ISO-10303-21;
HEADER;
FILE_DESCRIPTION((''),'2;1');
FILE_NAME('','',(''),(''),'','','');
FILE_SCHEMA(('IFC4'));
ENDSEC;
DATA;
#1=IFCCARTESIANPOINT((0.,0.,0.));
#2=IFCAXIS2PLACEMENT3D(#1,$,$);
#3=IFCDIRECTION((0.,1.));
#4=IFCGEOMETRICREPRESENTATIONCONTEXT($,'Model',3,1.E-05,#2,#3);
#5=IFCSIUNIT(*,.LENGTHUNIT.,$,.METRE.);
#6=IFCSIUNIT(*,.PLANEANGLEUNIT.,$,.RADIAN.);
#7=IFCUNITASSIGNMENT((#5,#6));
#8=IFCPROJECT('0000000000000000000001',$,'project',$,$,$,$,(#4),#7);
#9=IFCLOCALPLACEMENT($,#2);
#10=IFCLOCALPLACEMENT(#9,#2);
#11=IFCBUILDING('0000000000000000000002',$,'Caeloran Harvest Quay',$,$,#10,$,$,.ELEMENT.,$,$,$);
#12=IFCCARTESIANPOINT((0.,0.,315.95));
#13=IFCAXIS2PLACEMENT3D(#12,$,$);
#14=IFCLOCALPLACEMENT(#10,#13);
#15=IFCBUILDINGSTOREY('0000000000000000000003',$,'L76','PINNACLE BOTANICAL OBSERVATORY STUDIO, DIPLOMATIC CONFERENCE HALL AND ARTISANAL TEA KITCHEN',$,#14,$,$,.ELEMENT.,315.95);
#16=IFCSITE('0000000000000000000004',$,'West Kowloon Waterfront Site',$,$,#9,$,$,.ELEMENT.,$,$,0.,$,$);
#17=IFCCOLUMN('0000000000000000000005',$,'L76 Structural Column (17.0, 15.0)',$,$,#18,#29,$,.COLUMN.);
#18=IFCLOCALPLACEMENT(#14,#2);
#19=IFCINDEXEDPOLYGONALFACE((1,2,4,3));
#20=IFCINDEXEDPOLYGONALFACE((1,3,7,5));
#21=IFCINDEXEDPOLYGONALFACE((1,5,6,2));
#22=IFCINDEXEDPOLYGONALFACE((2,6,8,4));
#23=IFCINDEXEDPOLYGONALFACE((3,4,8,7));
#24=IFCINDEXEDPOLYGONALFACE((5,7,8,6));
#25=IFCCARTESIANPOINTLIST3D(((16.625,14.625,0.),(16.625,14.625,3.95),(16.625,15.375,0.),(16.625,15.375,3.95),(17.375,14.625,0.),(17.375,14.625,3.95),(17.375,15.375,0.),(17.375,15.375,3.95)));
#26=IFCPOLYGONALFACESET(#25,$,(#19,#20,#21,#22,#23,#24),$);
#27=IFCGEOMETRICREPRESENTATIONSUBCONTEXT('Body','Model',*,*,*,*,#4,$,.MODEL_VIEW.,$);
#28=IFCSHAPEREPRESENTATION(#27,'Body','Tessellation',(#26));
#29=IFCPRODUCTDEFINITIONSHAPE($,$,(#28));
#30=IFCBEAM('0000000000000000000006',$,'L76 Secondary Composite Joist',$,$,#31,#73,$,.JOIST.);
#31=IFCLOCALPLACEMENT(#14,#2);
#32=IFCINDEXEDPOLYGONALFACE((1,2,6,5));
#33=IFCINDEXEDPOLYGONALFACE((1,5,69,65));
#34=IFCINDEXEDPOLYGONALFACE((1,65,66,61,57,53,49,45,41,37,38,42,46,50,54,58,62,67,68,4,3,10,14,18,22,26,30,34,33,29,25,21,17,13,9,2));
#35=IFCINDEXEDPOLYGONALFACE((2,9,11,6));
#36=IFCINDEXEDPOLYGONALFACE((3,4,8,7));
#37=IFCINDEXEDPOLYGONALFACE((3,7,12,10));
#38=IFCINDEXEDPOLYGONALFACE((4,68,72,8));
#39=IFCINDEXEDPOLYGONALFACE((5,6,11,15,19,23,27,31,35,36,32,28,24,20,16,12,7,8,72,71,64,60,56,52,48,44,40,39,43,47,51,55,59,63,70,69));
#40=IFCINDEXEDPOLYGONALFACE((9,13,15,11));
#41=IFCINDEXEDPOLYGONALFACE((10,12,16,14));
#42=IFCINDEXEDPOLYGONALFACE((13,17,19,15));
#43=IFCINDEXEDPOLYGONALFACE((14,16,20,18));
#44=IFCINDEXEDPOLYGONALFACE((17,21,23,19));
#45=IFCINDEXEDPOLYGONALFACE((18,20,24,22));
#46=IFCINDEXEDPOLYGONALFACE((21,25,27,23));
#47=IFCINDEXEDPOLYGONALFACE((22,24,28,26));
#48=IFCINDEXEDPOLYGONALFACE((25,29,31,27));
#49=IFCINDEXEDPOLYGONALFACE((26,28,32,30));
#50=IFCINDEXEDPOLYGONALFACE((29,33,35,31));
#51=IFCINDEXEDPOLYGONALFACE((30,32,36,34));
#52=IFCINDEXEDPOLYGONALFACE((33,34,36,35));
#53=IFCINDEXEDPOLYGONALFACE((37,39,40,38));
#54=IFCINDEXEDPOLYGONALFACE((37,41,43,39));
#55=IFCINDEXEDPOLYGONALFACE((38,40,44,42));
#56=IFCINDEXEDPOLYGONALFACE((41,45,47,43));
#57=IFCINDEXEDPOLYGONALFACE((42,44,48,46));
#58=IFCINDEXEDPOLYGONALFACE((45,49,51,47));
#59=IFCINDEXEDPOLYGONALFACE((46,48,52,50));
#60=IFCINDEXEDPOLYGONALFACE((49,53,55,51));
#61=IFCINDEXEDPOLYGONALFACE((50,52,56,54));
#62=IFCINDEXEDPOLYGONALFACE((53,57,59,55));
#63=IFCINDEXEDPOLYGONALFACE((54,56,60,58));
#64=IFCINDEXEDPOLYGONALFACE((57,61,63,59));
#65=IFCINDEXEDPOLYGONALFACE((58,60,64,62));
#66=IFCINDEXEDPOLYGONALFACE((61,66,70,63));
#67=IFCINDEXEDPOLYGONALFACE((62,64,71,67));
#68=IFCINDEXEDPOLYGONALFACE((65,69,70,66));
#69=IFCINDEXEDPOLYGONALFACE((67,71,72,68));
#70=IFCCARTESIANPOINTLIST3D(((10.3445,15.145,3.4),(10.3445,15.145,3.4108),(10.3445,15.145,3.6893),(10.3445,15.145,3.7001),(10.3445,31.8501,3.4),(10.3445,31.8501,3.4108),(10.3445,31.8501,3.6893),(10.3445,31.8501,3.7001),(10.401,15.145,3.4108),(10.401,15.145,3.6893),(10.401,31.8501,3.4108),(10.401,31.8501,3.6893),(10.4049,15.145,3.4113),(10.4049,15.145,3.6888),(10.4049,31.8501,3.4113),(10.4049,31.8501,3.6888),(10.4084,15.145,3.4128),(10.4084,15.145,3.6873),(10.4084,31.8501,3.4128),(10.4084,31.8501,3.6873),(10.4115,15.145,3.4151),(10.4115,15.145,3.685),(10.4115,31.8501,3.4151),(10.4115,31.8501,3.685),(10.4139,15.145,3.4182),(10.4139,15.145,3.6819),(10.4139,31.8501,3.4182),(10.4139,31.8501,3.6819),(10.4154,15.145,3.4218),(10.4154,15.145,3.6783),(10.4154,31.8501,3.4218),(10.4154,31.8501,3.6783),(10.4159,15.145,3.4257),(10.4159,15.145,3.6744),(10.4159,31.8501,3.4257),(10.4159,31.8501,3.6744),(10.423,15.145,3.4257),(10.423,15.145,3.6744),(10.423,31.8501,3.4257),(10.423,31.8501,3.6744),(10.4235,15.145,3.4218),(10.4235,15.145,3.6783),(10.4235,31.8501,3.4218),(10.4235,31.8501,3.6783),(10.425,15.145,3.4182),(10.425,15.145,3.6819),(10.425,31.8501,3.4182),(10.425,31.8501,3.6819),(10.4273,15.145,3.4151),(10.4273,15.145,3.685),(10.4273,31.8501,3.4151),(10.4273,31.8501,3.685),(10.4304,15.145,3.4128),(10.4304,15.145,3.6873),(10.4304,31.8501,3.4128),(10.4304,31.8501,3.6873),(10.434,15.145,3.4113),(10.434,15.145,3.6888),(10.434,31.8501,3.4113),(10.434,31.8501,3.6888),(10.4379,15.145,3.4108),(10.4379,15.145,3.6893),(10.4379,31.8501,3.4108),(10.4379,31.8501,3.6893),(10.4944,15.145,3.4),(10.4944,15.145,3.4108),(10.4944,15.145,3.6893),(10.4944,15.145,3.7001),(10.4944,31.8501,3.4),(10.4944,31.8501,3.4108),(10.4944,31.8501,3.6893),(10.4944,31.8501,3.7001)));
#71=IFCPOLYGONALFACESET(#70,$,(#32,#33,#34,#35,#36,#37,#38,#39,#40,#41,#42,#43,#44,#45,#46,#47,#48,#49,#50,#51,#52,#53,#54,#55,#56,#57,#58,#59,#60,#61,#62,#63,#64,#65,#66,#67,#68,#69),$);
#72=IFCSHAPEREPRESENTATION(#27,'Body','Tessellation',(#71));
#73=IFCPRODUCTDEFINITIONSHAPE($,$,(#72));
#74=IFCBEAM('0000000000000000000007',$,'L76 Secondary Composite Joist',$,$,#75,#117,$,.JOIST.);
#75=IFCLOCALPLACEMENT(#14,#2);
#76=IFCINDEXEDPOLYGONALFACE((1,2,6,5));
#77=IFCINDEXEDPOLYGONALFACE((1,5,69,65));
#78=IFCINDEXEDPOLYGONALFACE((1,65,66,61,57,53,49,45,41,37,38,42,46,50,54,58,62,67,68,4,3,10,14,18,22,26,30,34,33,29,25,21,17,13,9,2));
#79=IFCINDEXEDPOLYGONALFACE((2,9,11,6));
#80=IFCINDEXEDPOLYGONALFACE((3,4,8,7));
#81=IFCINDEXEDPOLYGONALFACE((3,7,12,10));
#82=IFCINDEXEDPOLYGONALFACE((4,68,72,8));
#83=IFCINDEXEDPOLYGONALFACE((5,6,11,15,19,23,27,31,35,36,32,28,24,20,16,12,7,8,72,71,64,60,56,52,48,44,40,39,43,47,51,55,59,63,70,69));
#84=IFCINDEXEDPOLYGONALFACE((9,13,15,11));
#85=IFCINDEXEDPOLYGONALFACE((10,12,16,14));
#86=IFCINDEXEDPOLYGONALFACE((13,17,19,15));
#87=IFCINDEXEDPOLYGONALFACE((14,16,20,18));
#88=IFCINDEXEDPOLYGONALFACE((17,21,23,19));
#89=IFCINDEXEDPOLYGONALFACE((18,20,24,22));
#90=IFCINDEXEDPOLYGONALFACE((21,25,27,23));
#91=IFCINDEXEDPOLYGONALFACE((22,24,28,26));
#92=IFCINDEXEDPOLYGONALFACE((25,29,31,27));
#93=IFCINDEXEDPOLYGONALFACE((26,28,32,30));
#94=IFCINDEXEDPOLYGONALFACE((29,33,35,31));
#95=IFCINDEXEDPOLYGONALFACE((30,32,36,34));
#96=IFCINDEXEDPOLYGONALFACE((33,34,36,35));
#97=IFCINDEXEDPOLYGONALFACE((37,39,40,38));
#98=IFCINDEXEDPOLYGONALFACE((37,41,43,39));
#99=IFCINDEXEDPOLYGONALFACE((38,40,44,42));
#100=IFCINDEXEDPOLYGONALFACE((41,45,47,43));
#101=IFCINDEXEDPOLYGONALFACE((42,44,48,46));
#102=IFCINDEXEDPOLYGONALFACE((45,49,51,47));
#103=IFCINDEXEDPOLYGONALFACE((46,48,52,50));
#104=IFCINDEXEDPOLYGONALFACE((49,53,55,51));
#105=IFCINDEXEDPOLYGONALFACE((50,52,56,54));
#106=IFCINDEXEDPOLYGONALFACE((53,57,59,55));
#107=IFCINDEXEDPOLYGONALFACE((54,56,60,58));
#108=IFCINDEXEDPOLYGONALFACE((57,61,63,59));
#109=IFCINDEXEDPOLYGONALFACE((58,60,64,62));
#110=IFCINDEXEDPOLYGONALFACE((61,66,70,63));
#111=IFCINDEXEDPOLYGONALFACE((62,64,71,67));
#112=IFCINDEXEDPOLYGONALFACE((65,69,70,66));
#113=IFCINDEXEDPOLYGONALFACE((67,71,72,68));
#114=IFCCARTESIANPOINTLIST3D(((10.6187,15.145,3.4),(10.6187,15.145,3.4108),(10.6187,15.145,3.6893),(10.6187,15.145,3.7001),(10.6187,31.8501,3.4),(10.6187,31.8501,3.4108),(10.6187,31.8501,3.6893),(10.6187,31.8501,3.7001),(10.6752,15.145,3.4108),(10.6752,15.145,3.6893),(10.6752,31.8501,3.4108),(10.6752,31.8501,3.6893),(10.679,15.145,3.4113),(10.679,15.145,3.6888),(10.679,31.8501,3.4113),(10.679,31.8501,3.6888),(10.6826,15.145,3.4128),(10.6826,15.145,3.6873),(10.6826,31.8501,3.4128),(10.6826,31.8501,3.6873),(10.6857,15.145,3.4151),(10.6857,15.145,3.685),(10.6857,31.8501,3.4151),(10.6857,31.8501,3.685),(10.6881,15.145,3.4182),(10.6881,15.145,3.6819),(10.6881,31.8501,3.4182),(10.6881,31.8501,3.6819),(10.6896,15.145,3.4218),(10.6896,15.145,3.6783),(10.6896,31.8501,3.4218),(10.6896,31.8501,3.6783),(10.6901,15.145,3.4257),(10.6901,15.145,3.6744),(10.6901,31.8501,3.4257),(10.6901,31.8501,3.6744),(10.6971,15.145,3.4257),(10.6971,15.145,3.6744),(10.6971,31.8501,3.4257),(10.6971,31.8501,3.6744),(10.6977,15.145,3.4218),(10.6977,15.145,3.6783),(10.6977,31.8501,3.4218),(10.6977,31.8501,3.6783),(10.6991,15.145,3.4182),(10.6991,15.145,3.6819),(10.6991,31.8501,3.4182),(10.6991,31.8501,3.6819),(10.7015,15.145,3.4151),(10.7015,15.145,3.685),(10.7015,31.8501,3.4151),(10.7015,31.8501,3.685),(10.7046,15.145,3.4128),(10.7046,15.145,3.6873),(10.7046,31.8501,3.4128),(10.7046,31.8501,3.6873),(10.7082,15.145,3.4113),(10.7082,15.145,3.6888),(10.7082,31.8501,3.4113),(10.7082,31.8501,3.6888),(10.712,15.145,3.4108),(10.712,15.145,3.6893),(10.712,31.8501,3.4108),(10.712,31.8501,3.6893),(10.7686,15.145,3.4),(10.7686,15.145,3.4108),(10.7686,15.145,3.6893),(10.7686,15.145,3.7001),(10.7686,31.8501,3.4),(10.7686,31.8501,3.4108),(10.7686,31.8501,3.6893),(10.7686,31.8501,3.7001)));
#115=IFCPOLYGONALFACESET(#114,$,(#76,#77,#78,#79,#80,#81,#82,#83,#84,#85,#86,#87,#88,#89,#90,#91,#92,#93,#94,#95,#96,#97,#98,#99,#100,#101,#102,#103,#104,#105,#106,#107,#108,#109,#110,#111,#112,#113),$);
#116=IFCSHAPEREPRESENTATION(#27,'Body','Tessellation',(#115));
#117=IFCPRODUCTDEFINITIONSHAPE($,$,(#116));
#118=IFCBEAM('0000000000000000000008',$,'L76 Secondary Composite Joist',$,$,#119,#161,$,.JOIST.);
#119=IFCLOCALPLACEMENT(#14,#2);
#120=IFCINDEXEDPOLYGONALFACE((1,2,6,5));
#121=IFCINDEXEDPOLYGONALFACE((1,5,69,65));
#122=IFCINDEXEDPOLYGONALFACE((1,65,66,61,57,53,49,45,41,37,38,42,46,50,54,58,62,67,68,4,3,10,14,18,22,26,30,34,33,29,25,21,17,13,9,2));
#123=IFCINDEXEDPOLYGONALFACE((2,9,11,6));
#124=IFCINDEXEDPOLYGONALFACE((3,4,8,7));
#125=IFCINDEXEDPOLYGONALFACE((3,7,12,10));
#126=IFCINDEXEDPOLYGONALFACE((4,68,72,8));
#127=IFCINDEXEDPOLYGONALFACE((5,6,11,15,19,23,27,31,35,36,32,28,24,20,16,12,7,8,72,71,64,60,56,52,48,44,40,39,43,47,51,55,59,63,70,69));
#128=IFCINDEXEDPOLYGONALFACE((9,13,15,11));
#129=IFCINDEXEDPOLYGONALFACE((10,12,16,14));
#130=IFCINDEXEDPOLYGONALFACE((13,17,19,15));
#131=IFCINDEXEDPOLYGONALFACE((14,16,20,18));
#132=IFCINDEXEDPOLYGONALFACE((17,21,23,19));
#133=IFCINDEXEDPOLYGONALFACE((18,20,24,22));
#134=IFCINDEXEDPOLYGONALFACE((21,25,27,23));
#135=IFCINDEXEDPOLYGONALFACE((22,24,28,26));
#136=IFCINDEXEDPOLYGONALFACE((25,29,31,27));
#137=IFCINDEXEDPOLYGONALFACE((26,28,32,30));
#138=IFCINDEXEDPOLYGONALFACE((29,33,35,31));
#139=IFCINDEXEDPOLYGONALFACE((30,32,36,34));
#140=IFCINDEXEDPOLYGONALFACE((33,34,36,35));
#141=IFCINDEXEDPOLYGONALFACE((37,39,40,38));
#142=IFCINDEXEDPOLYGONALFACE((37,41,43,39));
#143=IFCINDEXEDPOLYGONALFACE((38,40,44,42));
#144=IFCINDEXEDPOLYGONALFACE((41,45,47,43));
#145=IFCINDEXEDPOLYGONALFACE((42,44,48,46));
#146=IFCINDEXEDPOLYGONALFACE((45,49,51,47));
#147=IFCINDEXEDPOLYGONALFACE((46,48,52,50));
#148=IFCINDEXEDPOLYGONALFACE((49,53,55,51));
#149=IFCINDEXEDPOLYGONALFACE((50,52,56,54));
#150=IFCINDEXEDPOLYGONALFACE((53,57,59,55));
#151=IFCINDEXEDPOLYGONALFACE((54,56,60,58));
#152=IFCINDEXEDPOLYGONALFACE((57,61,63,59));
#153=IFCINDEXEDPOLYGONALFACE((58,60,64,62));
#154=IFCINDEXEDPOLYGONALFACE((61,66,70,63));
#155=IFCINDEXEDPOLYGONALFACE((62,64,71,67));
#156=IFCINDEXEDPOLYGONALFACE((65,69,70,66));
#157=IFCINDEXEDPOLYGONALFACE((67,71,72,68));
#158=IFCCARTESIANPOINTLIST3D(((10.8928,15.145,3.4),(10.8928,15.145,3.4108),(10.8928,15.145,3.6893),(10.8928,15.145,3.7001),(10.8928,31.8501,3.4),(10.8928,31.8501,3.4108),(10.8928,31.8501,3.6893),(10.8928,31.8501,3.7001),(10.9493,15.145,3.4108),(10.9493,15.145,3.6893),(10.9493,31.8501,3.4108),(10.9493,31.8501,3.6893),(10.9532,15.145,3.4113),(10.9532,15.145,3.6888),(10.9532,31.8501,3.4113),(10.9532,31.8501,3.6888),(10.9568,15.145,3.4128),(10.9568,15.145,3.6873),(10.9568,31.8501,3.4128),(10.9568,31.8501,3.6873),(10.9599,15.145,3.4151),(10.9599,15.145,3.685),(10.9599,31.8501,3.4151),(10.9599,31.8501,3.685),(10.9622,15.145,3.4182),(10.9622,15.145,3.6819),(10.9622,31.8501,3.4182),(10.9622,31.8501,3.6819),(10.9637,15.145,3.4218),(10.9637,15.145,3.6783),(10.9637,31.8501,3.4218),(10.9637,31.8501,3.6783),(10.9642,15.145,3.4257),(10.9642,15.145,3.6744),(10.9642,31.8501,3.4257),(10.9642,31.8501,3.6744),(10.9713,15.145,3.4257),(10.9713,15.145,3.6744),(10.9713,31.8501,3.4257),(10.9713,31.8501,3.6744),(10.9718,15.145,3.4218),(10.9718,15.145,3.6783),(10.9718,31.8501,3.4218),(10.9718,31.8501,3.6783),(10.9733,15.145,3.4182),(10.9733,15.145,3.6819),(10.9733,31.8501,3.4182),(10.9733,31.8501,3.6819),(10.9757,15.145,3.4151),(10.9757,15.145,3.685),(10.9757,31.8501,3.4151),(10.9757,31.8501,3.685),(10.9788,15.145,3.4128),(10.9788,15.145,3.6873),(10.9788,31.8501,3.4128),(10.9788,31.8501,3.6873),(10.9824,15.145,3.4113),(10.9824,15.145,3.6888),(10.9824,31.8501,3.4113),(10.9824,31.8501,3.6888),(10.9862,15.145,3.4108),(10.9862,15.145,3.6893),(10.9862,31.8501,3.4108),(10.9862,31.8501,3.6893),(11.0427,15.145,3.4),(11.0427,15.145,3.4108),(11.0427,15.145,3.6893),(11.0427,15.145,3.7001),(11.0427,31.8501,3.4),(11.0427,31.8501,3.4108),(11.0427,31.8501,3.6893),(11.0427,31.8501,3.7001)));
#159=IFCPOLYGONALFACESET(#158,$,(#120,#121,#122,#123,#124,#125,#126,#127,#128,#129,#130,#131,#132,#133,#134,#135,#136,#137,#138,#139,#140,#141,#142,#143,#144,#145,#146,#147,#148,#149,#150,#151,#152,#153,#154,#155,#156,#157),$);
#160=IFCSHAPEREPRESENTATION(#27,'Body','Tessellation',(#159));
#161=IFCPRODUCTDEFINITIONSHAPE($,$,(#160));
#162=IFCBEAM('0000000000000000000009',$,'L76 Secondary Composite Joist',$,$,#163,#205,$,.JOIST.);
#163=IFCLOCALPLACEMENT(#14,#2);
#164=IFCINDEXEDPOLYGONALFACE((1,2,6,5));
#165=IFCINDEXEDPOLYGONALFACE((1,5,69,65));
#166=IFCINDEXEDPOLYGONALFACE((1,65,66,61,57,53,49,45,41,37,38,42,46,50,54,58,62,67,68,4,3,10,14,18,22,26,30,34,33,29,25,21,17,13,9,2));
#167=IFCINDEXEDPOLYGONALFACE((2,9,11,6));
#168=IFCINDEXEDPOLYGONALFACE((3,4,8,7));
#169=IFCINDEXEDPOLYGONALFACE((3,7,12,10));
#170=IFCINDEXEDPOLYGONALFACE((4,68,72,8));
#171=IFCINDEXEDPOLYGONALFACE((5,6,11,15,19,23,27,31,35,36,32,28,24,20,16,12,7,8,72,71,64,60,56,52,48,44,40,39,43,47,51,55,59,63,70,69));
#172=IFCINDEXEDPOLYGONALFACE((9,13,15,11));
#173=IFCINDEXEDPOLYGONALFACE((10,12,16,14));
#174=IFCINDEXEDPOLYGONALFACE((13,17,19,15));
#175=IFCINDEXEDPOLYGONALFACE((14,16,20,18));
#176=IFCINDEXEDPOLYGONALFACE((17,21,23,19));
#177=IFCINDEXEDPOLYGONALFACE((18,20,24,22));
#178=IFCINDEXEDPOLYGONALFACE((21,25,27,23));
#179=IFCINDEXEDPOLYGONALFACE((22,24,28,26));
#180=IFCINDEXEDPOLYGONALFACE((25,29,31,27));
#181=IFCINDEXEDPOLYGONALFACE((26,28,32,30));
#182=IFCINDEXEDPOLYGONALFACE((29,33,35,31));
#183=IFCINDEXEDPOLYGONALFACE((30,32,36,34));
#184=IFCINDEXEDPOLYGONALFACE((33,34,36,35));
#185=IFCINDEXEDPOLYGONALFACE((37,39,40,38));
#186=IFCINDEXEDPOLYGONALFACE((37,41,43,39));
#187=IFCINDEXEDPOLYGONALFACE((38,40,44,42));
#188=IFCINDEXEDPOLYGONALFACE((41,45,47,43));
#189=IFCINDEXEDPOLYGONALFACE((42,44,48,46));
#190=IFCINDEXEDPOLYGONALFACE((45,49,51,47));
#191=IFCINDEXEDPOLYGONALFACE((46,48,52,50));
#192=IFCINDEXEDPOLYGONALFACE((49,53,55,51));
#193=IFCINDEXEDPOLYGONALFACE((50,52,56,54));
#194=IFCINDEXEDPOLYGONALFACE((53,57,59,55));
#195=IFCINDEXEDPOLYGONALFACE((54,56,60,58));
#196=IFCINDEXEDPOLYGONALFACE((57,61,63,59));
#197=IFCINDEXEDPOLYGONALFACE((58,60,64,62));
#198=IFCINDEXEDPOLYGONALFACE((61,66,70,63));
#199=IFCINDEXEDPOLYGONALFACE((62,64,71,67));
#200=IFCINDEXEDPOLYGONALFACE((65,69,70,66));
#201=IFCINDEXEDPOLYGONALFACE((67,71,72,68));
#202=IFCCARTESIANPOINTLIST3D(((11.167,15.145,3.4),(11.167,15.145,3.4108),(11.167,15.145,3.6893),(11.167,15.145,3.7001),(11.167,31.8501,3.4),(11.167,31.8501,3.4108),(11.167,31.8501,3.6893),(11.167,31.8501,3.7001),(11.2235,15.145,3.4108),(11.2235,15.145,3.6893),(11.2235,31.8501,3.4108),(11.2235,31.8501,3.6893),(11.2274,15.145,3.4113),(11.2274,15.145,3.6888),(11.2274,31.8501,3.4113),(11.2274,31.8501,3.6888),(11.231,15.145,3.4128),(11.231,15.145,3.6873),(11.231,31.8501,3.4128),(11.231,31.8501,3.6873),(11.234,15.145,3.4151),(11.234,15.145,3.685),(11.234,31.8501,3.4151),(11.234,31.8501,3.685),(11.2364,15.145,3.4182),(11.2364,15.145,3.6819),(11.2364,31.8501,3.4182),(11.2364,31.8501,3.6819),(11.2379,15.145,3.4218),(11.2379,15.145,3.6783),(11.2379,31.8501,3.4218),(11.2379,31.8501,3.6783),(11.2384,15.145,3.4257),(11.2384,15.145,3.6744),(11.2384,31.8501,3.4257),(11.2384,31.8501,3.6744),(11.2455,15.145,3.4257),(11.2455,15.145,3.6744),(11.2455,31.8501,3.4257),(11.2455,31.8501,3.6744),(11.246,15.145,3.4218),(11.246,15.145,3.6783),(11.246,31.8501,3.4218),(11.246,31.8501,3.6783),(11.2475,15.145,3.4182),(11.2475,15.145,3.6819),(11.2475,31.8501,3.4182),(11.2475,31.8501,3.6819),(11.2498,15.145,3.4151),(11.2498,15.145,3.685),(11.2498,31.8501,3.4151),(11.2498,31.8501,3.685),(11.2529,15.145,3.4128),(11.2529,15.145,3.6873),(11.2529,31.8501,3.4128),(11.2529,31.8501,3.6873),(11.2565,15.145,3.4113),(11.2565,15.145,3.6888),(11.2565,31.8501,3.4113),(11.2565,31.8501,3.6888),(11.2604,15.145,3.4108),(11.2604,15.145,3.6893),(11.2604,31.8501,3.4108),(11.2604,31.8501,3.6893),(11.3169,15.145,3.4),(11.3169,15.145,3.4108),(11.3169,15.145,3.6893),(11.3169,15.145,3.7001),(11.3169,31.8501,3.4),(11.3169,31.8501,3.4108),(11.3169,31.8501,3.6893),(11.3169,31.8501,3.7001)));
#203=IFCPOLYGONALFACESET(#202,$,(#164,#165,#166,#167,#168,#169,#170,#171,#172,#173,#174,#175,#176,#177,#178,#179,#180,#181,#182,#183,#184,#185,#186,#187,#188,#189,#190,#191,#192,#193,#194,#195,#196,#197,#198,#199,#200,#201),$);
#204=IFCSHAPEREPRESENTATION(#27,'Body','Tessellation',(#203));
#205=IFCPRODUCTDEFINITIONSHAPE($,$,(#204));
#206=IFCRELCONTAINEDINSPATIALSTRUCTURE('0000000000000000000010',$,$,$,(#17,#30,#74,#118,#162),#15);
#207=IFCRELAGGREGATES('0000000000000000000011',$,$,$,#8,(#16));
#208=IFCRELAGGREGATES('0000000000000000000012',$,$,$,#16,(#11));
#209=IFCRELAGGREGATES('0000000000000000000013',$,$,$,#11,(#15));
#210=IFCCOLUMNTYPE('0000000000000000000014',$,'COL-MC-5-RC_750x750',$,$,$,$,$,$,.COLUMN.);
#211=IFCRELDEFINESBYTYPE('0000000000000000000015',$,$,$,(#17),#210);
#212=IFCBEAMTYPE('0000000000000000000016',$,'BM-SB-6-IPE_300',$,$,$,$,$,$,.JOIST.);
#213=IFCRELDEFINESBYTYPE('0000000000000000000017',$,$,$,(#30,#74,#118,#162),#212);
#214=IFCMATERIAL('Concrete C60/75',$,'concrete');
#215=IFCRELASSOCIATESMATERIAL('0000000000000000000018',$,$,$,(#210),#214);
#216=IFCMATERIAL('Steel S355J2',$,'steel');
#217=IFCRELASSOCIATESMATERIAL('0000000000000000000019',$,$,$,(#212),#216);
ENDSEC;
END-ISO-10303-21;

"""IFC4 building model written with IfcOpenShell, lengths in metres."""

from ifc_helpers import new_model, si_unit, direction, frame, origin, origin_2d, place, context, subcontext, project, spatial, rectangle, i_section, extrude, material, material_profile, profile_set, type_object, element, save


model = new_model("IFC4")

# Units and contexts
model_context = context("Model", 3, precision=1e-05, world=origin(), true_north=direction((0.0, 1.0)))
body_context = subcontext(model_context, "Body", "Model", "MODEL_VIEW")
ifc_project = project(units=[si_unit("LENGTHUNIT", "METRE"), si_unit("PLANEANGLEUNIT", "RADIAN")], contexts=[model_context])

# Site, building, storey
site_placement = place(None, origin())
site = spatial("IfcSite", under=ifc_project, at=site_placement, Name="West Kowloon Waterfront Site", CompositionType="ELEMENT", RefElevation=0.0)
building_placement = place(site_placement, origin())
building = spatial("IfcBuilding", under=site, at=building_placement, Name="Caeloran Harvest Quay", CompositionType="ELEMENT")
storey_placement = place(building_placement, frame((0.0, 0.0, 315.95)))
storey = spatial("IfcBuildingStorey", under=building, at=storey_placement, Name="L76", Description="PINNACLE BOTANICAL OBSERVATORY STUDIO, DIPLOMATIC CONFERENCE HALL AND ARTISANAL TEA KITCHEN", CompositionType="ELEMENT", Elevation=315.95)

# Column
ifc_material_1 = material(Name="Concrete C60/75", Category="concrete")
ifc_material_profile_1 = material_profile(ifc_material_1, rectangle(XDim=0.75, YDim=0.75, at=origin_2d()), Name="RC 750x750")
ifc_profile_set_1 = profile_set([ifc_material_profile_1], Name="Concrete C60/75")
column_type = type_object("IfcColumnType", Name="COL-MC-5-RC_750x750", PredefinedType="COLUMN", material=ifc_profile_set_1)
column_placement = place(storey_placement, frame((17.0, 15.0, 0.0), z_axis=(0.0, 0.0, 1.0), x_axis=(1.0, 0.0, 0.0)))
element("IfcColumn", 1, at=column_placement, inside=storey, type_object=column_type, Name="L76 Structural Column (17.0, 15.0)", PredefinedType="COLUMN", context=body_context, shape_type="SweptSolid", body=[
    extrude(rectangle(XDim=0.75, YDim=0.75, at=origin_2d()), origin(), (0.0, 0.0, 1.0), 3.95),
])

# Beams
ifc_material_2 = material(Name="Steel S355J2", Category="steel")
ifc_material_profile_2 = material_profile(ifc_material_2, i_section(OverallWidth=0.1499, OverallDepth=0.3, WebThickness=0.0071, FlangeThickness=0.0107, FilletRadius=0.0149, at=origin_2d()), Name="IPE 300")
ifc_profile_set_2 = profile_set([ifc_material_profile_2], Name="Steel S355J2")
beam_type_1 = type_object("IfcBeamType", Name="BM-SB-6-IPE_300", PredefinedType="JOIST", material=ifc_profile_set_2)
for number, where, z_axis, x_axis, name in (
    (2, (10.4194, 15.145, 3.55), (0.0, 1.0, 0.0), (-1.0, 0.0, 0.0), "L76 Secondary Composite Joist"),
    (3, (10.6936, 15.145, 3.55), (0.0, 1.0, 0.0), (-1.0, 0.0, 0.0), "L76 Secondary Composite Joist"),
    (4, (10.9678, 15.145, 3.55), (0.0, 1.0, 0.0), (-1.0, 0.0, 0.0), "L76 Secondary Composite Joist"),
    (5, (11.2419, 15.145, 3.55), (0.0, 1.0, 0.0), (-1.0, 0.0, 0.0), "L76 Secondary Composite Joist"),
):
    element("IfcBeam", number, at=place(storey_placement, frame(where, z_axis=z_axis, x_axis=x_axis)), inside=storey, type_object=beam_type_1, Name=name, PredefinedType="JOIST", context=body_context, shape_type="SweptSolid", body=[
        extrude(i_section(OverallWidth=0.1499, OverallDepth=0.3, WebThickness=0.0071, FlangeThickness=0.0107, FilletRadius=0.0149, at=origin_2d()), origin(), (0.0, 0.0, 1.0), 16.7051),
    ])

save(model, "model.ifc")
